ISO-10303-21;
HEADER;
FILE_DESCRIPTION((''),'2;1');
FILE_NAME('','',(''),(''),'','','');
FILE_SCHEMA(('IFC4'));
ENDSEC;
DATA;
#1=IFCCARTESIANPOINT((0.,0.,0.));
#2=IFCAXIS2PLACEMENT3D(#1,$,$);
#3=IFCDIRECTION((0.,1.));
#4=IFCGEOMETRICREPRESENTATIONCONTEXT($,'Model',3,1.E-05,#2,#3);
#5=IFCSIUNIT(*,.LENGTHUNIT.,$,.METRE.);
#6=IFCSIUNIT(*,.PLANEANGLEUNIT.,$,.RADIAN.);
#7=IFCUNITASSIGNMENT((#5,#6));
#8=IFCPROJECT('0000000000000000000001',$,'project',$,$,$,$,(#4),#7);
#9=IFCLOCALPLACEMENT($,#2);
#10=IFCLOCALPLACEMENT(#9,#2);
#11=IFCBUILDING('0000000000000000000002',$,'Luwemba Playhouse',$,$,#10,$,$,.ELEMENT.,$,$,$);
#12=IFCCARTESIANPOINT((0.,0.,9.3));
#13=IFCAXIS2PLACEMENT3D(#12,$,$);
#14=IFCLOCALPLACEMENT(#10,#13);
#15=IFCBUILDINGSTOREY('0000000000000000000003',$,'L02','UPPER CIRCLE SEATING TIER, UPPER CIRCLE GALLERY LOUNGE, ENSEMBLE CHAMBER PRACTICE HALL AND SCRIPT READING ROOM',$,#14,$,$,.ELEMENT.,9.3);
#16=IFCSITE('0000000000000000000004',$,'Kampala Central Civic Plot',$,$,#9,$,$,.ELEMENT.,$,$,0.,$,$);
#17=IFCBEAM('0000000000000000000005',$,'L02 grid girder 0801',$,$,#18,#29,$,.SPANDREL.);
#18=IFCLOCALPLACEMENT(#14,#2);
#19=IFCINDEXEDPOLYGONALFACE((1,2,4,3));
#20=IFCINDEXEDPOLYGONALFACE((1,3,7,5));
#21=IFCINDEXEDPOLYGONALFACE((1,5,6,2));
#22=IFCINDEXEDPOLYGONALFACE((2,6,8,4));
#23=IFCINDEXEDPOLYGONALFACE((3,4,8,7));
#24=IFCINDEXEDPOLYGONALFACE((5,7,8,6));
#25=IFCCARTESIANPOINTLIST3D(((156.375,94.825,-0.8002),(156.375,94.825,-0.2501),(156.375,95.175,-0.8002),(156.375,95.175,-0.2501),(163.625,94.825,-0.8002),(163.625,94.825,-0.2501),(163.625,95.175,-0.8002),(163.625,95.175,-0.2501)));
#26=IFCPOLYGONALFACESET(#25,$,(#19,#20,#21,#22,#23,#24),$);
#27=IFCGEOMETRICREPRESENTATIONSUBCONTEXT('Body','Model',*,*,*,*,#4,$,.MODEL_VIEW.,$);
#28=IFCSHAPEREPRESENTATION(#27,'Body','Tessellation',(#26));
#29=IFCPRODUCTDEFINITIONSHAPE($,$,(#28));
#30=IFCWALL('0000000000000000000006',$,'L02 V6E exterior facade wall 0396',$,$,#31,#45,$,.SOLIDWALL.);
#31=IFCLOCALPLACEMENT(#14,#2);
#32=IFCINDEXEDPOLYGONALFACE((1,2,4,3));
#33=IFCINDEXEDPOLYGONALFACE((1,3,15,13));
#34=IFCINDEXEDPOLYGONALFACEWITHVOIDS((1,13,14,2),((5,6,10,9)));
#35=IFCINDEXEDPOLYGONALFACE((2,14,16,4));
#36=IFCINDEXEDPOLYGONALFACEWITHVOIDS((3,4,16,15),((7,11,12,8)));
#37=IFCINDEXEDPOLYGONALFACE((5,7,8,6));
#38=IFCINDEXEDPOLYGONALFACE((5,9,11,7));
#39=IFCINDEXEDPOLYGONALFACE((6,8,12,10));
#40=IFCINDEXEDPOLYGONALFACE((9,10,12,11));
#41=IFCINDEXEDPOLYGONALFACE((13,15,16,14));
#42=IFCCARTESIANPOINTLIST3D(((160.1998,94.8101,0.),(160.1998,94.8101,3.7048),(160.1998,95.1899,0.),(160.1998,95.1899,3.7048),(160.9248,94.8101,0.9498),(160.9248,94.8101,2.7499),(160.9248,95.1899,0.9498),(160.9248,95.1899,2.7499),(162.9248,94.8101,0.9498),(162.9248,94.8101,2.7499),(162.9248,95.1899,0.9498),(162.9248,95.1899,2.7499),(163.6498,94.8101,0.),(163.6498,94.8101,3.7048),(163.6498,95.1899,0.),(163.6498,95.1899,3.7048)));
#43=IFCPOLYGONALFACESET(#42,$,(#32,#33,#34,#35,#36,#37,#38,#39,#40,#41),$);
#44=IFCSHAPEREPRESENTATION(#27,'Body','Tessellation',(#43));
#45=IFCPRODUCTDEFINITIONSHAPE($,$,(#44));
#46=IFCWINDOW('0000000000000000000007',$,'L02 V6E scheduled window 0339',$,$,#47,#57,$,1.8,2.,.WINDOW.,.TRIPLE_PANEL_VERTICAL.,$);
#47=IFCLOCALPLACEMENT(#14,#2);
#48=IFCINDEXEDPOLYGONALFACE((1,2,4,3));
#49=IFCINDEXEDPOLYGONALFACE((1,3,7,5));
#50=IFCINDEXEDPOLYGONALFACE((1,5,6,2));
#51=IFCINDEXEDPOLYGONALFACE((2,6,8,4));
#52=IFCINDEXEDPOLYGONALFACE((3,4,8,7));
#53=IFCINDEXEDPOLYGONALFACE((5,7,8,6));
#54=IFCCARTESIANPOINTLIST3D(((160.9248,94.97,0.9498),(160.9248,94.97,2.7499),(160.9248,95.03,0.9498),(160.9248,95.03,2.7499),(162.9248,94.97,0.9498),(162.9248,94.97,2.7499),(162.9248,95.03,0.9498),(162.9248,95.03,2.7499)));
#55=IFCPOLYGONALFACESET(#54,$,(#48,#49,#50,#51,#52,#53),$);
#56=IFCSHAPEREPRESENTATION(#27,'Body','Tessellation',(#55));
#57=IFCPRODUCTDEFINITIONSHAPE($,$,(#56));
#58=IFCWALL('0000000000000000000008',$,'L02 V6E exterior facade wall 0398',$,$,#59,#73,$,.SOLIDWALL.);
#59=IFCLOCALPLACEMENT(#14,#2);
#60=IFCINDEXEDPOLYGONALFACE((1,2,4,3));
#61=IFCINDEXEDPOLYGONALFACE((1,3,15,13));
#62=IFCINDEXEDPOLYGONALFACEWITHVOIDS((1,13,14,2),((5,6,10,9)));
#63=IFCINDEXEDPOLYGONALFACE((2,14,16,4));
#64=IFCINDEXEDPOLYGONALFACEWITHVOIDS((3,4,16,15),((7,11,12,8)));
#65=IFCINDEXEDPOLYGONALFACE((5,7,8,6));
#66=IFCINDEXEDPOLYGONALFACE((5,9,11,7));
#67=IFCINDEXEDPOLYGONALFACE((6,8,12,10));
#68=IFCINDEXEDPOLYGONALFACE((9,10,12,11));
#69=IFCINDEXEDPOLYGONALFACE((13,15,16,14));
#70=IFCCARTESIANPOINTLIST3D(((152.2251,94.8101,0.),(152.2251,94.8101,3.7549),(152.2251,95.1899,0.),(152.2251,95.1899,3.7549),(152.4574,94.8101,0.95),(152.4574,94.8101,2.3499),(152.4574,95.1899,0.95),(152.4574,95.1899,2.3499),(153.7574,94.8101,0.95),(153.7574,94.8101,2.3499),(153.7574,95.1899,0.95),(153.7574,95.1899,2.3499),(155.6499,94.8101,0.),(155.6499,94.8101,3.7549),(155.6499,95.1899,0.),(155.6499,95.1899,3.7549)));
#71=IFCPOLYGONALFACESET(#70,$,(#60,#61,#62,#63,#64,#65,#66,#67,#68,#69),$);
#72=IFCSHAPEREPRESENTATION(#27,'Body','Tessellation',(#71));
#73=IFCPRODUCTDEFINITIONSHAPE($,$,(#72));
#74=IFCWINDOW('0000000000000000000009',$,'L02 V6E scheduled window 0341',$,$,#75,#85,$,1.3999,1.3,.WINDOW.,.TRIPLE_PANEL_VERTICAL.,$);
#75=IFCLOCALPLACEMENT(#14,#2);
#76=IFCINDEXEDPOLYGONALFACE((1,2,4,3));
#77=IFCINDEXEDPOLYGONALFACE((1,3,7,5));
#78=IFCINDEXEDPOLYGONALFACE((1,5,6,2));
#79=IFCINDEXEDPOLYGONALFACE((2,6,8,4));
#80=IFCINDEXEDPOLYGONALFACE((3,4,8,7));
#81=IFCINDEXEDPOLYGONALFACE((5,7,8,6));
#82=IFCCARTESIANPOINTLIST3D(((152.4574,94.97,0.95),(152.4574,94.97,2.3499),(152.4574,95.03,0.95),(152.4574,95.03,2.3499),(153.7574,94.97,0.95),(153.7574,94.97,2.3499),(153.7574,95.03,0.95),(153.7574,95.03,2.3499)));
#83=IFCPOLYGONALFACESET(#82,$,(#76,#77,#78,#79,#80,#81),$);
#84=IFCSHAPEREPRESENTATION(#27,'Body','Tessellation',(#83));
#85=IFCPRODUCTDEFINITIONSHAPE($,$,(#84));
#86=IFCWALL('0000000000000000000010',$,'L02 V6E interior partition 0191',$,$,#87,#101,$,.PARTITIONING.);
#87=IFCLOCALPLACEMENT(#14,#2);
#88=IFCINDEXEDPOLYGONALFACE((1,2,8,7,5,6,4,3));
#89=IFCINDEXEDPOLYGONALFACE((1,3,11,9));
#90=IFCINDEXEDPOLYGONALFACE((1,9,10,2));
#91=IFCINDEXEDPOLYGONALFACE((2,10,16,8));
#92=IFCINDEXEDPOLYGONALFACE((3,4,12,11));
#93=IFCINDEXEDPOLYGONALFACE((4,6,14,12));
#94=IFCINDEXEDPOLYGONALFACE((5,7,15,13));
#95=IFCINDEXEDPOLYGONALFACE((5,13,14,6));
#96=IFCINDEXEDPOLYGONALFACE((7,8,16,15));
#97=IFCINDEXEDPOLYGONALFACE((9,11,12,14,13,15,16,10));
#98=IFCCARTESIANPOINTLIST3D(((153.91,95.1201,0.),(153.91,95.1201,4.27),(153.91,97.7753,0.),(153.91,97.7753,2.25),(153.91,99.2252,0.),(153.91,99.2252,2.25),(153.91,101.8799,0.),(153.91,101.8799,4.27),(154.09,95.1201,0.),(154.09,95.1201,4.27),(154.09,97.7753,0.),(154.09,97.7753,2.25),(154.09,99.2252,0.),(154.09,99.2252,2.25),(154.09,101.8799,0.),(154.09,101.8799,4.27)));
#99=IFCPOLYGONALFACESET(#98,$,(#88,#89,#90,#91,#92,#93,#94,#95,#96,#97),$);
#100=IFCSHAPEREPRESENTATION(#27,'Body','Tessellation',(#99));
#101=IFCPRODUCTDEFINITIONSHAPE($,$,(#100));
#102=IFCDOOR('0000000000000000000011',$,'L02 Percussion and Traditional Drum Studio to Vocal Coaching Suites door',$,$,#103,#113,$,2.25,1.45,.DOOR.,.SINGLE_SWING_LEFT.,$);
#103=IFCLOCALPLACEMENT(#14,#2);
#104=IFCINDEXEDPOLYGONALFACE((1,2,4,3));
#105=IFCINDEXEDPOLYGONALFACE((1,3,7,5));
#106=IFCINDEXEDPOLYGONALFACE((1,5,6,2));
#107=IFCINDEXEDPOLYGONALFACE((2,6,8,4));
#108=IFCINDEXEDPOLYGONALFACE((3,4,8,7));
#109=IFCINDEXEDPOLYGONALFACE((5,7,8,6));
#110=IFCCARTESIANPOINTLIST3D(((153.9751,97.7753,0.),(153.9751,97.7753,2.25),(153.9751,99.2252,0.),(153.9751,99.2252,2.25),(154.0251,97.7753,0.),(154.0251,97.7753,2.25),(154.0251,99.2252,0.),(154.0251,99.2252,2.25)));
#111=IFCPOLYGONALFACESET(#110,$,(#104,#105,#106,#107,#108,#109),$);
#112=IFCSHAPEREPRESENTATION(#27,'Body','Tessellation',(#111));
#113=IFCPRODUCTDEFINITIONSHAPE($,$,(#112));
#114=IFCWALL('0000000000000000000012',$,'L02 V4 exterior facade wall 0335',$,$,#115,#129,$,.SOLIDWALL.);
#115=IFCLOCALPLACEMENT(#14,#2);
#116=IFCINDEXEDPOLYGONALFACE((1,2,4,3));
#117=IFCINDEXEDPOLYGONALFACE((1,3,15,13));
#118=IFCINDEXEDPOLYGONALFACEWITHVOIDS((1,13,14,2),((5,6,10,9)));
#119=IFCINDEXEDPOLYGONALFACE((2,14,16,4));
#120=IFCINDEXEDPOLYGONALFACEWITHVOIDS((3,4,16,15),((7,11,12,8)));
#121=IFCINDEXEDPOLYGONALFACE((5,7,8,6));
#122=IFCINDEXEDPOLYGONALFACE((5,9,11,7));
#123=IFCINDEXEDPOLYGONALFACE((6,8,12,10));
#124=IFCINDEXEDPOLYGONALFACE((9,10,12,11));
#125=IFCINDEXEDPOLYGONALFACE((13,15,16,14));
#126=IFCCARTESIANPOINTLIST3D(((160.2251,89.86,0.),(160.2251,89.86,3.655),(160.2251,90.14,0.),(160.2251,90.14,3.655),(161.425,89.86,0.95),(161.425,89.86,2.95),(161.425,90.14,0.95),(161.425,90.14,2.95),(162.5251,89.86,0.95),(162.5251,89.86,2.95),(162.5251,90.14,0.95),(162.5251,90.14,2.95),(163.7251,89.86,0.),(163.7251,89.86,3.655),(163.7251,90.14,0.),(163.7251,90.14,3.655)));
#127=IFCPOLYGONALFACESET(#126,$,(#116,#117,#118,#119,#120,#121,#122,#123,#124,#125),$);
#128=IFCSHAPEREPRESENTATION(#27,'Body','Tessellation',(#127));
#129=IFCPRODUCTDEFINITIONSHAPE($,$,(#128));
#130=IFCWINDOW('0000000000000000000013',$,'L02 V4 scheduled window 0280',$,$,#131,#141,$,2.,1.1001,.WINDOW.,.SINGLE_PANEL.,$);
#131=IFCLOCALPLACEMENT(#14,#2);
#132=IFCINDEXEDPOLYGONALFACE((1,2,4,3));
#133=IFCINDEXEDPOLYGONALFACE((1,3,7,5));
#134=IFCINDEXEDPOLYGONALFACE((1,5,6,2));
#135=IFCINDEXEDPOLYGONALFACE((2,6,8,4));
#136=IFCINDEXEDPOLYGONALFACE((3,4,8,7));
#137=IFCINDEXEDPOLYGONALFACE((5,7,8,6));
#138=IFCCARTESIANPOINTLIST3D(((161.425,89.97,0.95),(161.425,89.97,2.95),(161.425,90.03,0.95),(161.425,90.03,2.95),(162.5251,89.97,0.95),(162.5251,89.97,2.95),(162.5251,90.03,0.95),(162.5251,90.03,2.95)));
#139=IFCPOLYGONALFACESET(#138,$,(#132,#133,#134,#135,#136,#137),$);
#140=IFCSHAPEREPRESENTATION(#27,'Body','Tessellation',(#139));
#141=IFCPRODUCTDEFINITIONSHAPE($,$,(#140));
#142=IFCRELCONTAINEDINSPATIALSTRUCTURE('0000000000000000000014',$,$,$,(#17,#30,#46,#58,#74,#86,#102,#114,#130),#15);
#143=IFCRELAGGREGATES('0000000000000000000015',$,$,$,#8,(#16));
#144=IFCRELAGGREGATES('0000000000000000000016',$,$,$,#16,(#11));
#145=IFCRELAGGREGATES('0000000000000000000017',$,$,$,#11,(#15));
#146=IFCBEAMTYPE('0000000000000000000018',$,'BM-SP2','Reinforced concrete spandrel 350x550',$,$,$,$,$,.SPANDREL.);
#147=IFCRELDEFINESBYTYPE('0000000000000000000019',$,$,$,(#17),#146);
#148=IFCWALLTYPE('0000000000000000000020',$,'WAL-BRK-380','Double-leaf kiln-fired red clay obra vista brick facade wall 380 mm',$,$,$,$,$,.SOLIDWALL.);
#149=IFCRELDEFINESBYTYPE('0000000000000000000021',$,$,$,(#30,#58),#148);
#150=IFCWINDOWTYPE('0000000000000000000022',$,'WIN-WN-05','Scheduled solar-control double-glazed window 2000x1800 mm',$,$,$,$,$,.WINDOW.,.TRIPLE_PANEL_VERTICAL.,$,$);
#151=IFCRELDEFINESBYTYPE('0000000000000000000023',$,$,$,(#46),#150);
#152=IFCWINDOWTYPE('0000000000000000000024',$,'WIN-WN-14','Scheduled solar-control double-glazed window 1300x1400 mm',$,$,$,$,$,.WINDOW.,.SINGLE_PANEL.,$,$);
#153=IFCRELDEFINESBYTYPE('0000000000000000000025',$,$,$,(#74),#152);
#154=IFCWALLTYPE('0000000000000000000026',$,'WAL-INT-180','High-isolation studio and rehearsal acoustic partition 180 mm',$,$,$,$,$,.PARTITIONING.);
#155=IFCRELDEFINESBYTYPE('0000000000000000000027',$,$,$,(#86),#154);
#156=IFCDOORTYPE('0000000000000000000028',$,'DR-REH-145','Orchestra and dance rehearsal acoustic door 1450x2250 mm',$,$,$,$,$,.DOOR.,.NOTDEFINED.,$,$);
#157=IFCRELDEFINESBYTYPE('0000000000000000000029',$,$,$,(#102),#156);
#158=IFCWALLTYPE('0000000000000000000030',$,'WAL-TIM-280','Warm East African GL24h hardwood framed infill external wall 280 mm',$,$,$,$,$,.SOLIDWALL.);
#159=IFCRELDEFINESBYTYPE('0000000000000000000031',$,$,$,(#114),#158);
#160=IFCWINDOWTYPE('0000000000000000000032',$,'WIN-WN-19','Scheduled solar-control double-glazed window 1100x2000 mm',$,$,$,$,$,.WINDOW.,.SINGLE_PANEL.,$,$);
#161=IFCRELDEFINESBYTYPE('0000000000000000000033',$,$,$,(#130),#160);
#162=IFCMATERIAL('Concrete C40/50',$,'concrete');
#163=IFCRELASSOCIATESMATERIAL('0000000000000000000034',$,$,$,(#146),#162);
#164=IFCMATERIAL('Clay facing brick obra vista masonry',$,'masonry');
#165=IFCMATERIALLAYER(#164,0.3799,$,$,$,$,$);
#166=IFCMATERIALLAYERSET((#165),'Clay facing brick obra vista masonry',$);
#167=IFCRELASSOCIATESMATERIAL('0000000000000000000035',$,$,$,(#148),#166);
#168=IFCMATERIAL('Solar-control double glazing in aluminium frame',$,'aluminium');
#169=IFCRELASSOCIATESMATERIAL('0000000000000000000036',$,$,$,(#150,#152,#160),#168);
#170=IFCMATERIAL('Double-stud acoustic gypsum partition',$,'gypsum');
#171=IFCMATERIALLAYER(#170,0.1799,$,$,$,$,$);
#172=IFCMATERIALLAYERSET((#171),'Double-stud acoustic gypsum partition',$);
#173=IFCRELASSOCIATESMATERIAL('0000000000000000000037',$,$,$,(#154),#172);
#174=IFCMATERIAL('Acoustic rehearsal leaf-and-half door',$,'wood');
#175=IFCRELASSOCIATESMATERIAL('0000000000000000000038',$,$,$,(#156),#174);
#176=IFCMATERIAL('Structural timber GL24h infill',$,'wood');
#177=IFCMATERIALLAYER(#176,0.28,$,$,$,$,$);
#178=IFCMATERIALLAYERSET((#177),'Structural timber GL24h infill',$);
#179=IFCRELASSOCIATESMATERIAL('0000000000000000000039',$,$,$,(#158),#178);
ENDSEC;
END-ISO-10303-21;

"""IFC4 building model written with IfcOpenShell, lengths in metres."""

from ifc_helpers import new_model, si_unit, direction, frame, frame_2d, origin, origin_2d, place, context, subcontext, project, spatial, rectangle, extrude, material, layer, layer_set, material_profile, profile_set, type_object, element, fill, save


model = new_model("IFC4")

# Units and contexts
model_context = context("Model", 3, precision=1e-05, world=origin(), true_north=direction((0.0, 1.0)))
body_context = subcontext(model_context, "Body", "Model", "MODEL_VIEW")
ifc_project = project(units=[si_unit("LENGTHUNIT", "METRE"), si_unit("PLANEANGLEUNIT", "RADIAN")], contexts=[model_context])

# Site, building, storey
site_placement = place(None, origin())
site = spatial("IfcSite", under=ifc_project, at=site_placement, Name="Kampala Central Civic Plot", CompositionType="ELEMENT", RefElevation=0.0)
building_placement = place(site_placement, origin())
building = spatial("IfcBuilding", under=site, at=building_placement, Name="Luwemba Playhouse", CompositionType="ELEMENT")
storey_placement = place(building_placement, frame((0.0, 0.0, 9.3)))
storey = spatial("IfcBuildingStorey", under=building, at=storey_placement, Name="L02", Description="UPPER CIRCLE SEATING TIER, UPPER CIRCLE GALLERY LOUNGE, ENSEMBLE CHAMBER PRACTICE HALL AND SCRIPT READING ROOM", CompositionType="ELEMENT", Elevation=9.3)

# Shared definitions
ifc_material_1 = material(Name="Concrete C40/50", Category="concrete")

# Beam
ifc_material_profile_1 = material_profile(ifc_material_1, rectangle(XDim=0.3501, YDim=0.55, at=origin_2d()))
ifc_profile_set_1 = profile_set([ifc_material_profile_1], Name="Concrete C40/50")
beam_type_1 = type_object("IfcBeamType", Name="BM-SP2", Description="Reinforced concrete spandrel 350x550", PredefinedType="SPANDREL", material=ifc_profile_set_1)
beam_1_placement = place(storey_placement, frame((156.375, 95.0, -0.5251), z_axis=(1.0, 0.0, 0.0), x_axis=(0.0, 1.0, 0.0)))
element("IfcBeam", 1, at=beam_1_placement, inside=storey, type_object=beam_type_1, Name="L02 grid girder 0801", PredefinedType="SPANDREL", context=body_context, shape_type="SweptSolid", body=[
    extrude(rectangle(XDim=0.3501, YDim=0.55, at=origin_2d()), origin(), (0.0, 0.0, 1.0), 7.25),
])

# Walls, openings, windows
ifc_material_2 = material(Name="Clay facing brick obra vista masonry", Category="masonry")
ifc_layer_1 = layer(ifc_material_2, 0.3799)
ifc_layer_set_1 = layer_set([ifc_layer_1], Name="Clay facing brick obra vista masonry")
wall_type_1 = type_object("IfcWallType", Name="WAL-BRK-380", Description="Double-leaf kiln-fired red clay obra vista brick facade wall 380 mm", PredefinedType="SOLIDWALL", material=ifc_layer_set_1)
wall_1_placement = place(storey_placement, frame((163.6499, 95.0, 0.0), z_axis=(0.0, 0.0, 1.0), x_axis=(-1.0, 0.0, 0.0)))
wall_1 = element("IfcWall", 2, at=wall_1_placement, inside=storey, type_object=wall_type_1, Name="L02 V6E exterior facade wall 0396", PredefinedType="SOLIDWALL", context=body_context, shape_type="SweptSolid", body=[
    extrude(rectangle(XDim=3.45, YDim=0.3799, at=frame_2d((1.7251, 0.0))), origin(), (0.0, 0.0, 1.0), 3.7048),
])
opening_1_placement = place(wall_1_placement, frame((0.7251, 0.0, 0.95)))
opening_1 = element("IfcOpeningElement", 3, at=opening_1_placement, cuts=wall_1, PredefinedType="OPENING", context=body_context, shape_type="SweptSolid", body=[
    extrude(rectangle(XDim=2.0, YDim=1.8, at=frame_2d((1.0, 0.8999))), frame((0.0, 0.2, 0.0), z_axis=(0.0, -1.0, 0.0), x_axis=(1.0, 0.0, 0.0)), (0.0, 0.0, 1.0), 0.3999),
])
ifc_material_3 = material(Name="Solar-control double glazing in aluminium frame", Category="aluminium")
window_type_1 = type_object("IfcWindowType", Name="WIN-WN-05", Description="Scheduled solar-control double-glazed window 2000x1800 mm", PartitioningType="TRIPLE_PANEL_VERTICAL", PredefinedType="WINDOW", material=ifc_material_3)
window_1_placement = place(opening_1_placement, origin())
window_1 = element("IfcWindow", 4, at=window_1_placement, inside=storey, type_object=window_type_1, Name="L02 V6E scheduled window 0339", OverallHeight=1.8, OverallWidth=2.0, PartitioningType="TRIPLE_PANEL_VERTICAL", PredefinedType="WINDOW", context=body_context, shape_type="SweptSolid", body=[
    extrude(rectangle(XDim=2.0, YDim=1.8, at=frame_2d((1.0, 0.8999))), frame((0.0, 0.03, 0.0), z_axis=(0.0, -1.0, 0.0), x_axis=(1.0, 0.0, 0.0)), (0.0, 0.0, 1.0), 0.0601),
])
fill(opening_1, window_1)
wall_2_placement = place(storey_placement, frame((155.6499, 95.0, 0.0), z_axis=(0.0, 0.0, 1.0), x_axis=(-1.0, 0.0, 0.0)))
wall_2 = element("IfcWall", 5, at=wall_2_placement, inside=storey, type_object=wall_type_1, Name="L02 V6E exterior facade wall 0398", PredefinedType="SOLIDWALL", context=body_context, shape_type="SweptSolid", body=[
    extrude(rectangle(XDim=3.4248, YDim=0.3799, at=frame_2d((1.7124, 0.0))), origin(), (0.0, 0.0, 1.0), 3.7549),
])
opening_2_placement = place(wall_2_placement, frame((1.8926, 0.0, 0.95)))
opening_2 = element("IfcOpeningElement", 6, at=opening_2_placement, cuts=wall_2, PredefinedType="OPENING", context=body_context, shape_type="SweptSolid", body=[
    extrude(rectangle(XDim=1.3, YDim=1.3999, at=frame_2d((0.6499, 0.7))), frame((0.0, 0.2, 0.0), z_axis=(0.0, -1.0, 0.0), x_axis=(1.0, 0.0, 0.0)), (0.0, 0.0, 1.0), 0.3999),
])
window_type_2 = type_object("IfcWindowType", Name="WIN-WN-14", Description="Scheduled solar-control double-glazed window 1300x1400 mm", PartitioningType="SINGLE_PANEL", PredefinedType="WINDOW", material=ifc_material_3)
window_2_placement = place(opening_2_placement, origin())
window_2 = element("IfcWindow", 7, at=window_2_placement, inside=storey, type_object=window_type_2, Name="L02 V6E scheduled window 0341", OverallHeight=1.3999, OverallWidth=1.3, PartitioningType="TRIPLE_PANEL_VERTICAL", PredefinedType="WINDOW", context=body_context, shape_type="SweptSolid", body=[
    extrude(rectangle(XDim=1.3, YDim=1.3999, at=frame_2d((0.6499, 0.7))), frame((0.0, 0.03, 0.0), z_axis=(0.0, -1.0, 0.0), x_axis=(1.0, 0.0, 0.0)), (0.0, 0.0, 1.0), 0.0601),
])
fill(opening_2, window_2)

# Wall, opening, door
ifc_material_4 = material(Name="Double-stud acoustic gypsum partition", Category="gypsum")
ifc_layer_2 = layer(ifc_material_4, 0.1799)
ifc_layer_set_2 = layer_set([ifc_layer_2], Name="Double-stud acoustic gypsum partition")
wall_type_2 = type_object("IfcWallType", Name="WAL-INT-180", Description="High-isolation studio and rehearsal acoustic partition 180 mm", PredefinedType="PARTITIONING", material=ifc_layer_set_2)
wall_3_placement = place(storey_placement, frame((154.0, 95.1201, 0.0), z_axis=(0.0, 0.0, 1.0), x_axis=(0.0, 1.0, 0.0)))
wall_3 = element("IfcWall", 8, at=wall_3_placement, inside=storey, type_object=wall_type_2, Name="L02 V6E interior partition 0191", PredefinedType="PARTITIONING", context=body_context, shape_type="SweptSolid", body=[
    extrude(rectangle(XDim=6.7598, YDim=0.1799, at=frame_2d((3.3799, 0.0))), origin(), (0.0, 0.0, 1.0), 4.27),
])
opening_3_placement = place(wall_3_placement, frame((2.655, 0.0, 0.0)))
opening_3 = element("IfcOpeningElement", 9, at=opening_3_placement, cuts=wall_3, PredefinedType="OPENING", context=body_context, shape_type="SweptSolid", body=[
    extrude(rectangle(XDim=1.45, YDim=2.25, at=frame_2d((0.7251, 1.125))), frame((0.0, 0.0999, 0.0), z_axis=(0.0, -1.0, 0.0), x_axis=(1.0, 0.0, 0.0)), (0.0, 0.0, 1.0), 0.2),
])
ifc_material_5 = material(Name="Acoustic rehearsal leaf-and-half door", Category="wood")
door_type = type_object("IfcDoorType", Name="DR-REH-145", Description="Orchestra and dance rehearsal acoustic door 1450x2250 mm", OperationType="NOTDEFINED", PredefinedType="DOOR", material=ifc_material_5)
door_placement = place(opening_3_placement, origin())
door = element("IfcDoor", 10, at=door_placement, inside=storey, type_object=door_type, Name="L02 Percussion and Traditional Drum Studio to Vocal Coaching Suites door", OperationType="SINGLE_SWING_LEFT", OverallHeight=2.25, OverallWidth=1.45, PredefinedType="DOOR", context=body_context, shape_type="SweptSolid", body=[
    extrude(rectangle(XDim=1.45, YDim=2.25, at=frame_2d((0.7251, 1.125))), frame((0.0, 0.0249, 0.0), z_axis=(0.0, -1.0, 0.0), x_axis=(1.0, 0.0, 0.0)), (0.0, 0.0, 1.0), 0.05),
])
fill(opening_3, door)

# Wall, opening, window
ifc_material_6 = material(Name="Structural timber GL24h infill", Category="wood")
ifc_layer_3 = layer(ifc_material_6, 0.28)
ifc_layer_set_3 = layer_set([ifc_layer_3], Name="Structural timber GL24h infill")
wall_type_3 = type_object("IfcWallType", Name="WAL-TIM-280", Description="Warm East African GL24h hardwood framed infill external wall 280 mm", PredefinedType="SOLIDWALL", material=ifc_layer_set_3)
wall_4_placement = place(storey_placement, frame((160.2251, 90.0, 0.0), z_axis=(0.0, 0.0, 1.0), x_axis=(1.0, 0.0, 0.0)))
wall_4 = element("IfcWall", 11, at=wall_4_placement, inside=storey, type_object=wall_type_3, Name="L02 V4 exterior facade wall 0335", PredefinedType="SOLIDWALL", context=body_context, shape_type="SweptSolid", body=[
    extrude(rectangle(XDim=3.5, YDim=0.28, at=frame_2d((1.75, 0.0))), origin(), (0.0, 0.0, 1.0), 3.655),
])
opening_4_placement = place(wall_4_placement, frame((1.2, 0.0, 0.95)))
opening_4 = element("IfcOpeningElement", 12, at=opening_4_placement, cuts=wall_4, PredefinedType="OPENING", context=body_context, shape_type="SweptSolid", body=[
    extrude(rectangle(XDim=1.1001, YDim=2.0, at=frame_2d((0.55, 1.0))), frame((0.0, 0.1499, 0.0), z_axis=(0.0, -1.0, 0.0), x_axis=(1.0, 0.0, 0.0)), (0.0, 0.0, 1.0), 0.3),
])
window_type_3 = type_object("IfcWindowType", Name="WIN-WN-19", Description="Scheduled solar-control double-glazed window 1100x2000 mm", PartitioningType="SINGLE_PANEL", PredefinedType="WINDOW", material=ifc_material_3)
window_3_placement = place(opening_4_placement, origin())
window_3 = element("IfcWindow", 13, at=window_3_placement, inside=storey, type_object=window_type_3, Name="L02 V4 scheduled window 0280", OverallHeight=2.0, OverallWidth=1.1001, PartitioningType="SINGLE_PANEL", PredefinedType="WINDOW", context=body_context, shape_type="SweptSolid", body=[
    extrude(rectangle(XDim=1.1001, YDim=2.0, at=frame_2d((0.55, 1.0))), frame((0.0, 0.03, 0.0), z_axis=(0.0, -1.0, 0.0), x_axis=(1.0, 0.0, 0.0)), (0.0, 0.0, 1.0), 0.0601),
])
fill(opening_4, window_3)

save(model, "model.ifc")
